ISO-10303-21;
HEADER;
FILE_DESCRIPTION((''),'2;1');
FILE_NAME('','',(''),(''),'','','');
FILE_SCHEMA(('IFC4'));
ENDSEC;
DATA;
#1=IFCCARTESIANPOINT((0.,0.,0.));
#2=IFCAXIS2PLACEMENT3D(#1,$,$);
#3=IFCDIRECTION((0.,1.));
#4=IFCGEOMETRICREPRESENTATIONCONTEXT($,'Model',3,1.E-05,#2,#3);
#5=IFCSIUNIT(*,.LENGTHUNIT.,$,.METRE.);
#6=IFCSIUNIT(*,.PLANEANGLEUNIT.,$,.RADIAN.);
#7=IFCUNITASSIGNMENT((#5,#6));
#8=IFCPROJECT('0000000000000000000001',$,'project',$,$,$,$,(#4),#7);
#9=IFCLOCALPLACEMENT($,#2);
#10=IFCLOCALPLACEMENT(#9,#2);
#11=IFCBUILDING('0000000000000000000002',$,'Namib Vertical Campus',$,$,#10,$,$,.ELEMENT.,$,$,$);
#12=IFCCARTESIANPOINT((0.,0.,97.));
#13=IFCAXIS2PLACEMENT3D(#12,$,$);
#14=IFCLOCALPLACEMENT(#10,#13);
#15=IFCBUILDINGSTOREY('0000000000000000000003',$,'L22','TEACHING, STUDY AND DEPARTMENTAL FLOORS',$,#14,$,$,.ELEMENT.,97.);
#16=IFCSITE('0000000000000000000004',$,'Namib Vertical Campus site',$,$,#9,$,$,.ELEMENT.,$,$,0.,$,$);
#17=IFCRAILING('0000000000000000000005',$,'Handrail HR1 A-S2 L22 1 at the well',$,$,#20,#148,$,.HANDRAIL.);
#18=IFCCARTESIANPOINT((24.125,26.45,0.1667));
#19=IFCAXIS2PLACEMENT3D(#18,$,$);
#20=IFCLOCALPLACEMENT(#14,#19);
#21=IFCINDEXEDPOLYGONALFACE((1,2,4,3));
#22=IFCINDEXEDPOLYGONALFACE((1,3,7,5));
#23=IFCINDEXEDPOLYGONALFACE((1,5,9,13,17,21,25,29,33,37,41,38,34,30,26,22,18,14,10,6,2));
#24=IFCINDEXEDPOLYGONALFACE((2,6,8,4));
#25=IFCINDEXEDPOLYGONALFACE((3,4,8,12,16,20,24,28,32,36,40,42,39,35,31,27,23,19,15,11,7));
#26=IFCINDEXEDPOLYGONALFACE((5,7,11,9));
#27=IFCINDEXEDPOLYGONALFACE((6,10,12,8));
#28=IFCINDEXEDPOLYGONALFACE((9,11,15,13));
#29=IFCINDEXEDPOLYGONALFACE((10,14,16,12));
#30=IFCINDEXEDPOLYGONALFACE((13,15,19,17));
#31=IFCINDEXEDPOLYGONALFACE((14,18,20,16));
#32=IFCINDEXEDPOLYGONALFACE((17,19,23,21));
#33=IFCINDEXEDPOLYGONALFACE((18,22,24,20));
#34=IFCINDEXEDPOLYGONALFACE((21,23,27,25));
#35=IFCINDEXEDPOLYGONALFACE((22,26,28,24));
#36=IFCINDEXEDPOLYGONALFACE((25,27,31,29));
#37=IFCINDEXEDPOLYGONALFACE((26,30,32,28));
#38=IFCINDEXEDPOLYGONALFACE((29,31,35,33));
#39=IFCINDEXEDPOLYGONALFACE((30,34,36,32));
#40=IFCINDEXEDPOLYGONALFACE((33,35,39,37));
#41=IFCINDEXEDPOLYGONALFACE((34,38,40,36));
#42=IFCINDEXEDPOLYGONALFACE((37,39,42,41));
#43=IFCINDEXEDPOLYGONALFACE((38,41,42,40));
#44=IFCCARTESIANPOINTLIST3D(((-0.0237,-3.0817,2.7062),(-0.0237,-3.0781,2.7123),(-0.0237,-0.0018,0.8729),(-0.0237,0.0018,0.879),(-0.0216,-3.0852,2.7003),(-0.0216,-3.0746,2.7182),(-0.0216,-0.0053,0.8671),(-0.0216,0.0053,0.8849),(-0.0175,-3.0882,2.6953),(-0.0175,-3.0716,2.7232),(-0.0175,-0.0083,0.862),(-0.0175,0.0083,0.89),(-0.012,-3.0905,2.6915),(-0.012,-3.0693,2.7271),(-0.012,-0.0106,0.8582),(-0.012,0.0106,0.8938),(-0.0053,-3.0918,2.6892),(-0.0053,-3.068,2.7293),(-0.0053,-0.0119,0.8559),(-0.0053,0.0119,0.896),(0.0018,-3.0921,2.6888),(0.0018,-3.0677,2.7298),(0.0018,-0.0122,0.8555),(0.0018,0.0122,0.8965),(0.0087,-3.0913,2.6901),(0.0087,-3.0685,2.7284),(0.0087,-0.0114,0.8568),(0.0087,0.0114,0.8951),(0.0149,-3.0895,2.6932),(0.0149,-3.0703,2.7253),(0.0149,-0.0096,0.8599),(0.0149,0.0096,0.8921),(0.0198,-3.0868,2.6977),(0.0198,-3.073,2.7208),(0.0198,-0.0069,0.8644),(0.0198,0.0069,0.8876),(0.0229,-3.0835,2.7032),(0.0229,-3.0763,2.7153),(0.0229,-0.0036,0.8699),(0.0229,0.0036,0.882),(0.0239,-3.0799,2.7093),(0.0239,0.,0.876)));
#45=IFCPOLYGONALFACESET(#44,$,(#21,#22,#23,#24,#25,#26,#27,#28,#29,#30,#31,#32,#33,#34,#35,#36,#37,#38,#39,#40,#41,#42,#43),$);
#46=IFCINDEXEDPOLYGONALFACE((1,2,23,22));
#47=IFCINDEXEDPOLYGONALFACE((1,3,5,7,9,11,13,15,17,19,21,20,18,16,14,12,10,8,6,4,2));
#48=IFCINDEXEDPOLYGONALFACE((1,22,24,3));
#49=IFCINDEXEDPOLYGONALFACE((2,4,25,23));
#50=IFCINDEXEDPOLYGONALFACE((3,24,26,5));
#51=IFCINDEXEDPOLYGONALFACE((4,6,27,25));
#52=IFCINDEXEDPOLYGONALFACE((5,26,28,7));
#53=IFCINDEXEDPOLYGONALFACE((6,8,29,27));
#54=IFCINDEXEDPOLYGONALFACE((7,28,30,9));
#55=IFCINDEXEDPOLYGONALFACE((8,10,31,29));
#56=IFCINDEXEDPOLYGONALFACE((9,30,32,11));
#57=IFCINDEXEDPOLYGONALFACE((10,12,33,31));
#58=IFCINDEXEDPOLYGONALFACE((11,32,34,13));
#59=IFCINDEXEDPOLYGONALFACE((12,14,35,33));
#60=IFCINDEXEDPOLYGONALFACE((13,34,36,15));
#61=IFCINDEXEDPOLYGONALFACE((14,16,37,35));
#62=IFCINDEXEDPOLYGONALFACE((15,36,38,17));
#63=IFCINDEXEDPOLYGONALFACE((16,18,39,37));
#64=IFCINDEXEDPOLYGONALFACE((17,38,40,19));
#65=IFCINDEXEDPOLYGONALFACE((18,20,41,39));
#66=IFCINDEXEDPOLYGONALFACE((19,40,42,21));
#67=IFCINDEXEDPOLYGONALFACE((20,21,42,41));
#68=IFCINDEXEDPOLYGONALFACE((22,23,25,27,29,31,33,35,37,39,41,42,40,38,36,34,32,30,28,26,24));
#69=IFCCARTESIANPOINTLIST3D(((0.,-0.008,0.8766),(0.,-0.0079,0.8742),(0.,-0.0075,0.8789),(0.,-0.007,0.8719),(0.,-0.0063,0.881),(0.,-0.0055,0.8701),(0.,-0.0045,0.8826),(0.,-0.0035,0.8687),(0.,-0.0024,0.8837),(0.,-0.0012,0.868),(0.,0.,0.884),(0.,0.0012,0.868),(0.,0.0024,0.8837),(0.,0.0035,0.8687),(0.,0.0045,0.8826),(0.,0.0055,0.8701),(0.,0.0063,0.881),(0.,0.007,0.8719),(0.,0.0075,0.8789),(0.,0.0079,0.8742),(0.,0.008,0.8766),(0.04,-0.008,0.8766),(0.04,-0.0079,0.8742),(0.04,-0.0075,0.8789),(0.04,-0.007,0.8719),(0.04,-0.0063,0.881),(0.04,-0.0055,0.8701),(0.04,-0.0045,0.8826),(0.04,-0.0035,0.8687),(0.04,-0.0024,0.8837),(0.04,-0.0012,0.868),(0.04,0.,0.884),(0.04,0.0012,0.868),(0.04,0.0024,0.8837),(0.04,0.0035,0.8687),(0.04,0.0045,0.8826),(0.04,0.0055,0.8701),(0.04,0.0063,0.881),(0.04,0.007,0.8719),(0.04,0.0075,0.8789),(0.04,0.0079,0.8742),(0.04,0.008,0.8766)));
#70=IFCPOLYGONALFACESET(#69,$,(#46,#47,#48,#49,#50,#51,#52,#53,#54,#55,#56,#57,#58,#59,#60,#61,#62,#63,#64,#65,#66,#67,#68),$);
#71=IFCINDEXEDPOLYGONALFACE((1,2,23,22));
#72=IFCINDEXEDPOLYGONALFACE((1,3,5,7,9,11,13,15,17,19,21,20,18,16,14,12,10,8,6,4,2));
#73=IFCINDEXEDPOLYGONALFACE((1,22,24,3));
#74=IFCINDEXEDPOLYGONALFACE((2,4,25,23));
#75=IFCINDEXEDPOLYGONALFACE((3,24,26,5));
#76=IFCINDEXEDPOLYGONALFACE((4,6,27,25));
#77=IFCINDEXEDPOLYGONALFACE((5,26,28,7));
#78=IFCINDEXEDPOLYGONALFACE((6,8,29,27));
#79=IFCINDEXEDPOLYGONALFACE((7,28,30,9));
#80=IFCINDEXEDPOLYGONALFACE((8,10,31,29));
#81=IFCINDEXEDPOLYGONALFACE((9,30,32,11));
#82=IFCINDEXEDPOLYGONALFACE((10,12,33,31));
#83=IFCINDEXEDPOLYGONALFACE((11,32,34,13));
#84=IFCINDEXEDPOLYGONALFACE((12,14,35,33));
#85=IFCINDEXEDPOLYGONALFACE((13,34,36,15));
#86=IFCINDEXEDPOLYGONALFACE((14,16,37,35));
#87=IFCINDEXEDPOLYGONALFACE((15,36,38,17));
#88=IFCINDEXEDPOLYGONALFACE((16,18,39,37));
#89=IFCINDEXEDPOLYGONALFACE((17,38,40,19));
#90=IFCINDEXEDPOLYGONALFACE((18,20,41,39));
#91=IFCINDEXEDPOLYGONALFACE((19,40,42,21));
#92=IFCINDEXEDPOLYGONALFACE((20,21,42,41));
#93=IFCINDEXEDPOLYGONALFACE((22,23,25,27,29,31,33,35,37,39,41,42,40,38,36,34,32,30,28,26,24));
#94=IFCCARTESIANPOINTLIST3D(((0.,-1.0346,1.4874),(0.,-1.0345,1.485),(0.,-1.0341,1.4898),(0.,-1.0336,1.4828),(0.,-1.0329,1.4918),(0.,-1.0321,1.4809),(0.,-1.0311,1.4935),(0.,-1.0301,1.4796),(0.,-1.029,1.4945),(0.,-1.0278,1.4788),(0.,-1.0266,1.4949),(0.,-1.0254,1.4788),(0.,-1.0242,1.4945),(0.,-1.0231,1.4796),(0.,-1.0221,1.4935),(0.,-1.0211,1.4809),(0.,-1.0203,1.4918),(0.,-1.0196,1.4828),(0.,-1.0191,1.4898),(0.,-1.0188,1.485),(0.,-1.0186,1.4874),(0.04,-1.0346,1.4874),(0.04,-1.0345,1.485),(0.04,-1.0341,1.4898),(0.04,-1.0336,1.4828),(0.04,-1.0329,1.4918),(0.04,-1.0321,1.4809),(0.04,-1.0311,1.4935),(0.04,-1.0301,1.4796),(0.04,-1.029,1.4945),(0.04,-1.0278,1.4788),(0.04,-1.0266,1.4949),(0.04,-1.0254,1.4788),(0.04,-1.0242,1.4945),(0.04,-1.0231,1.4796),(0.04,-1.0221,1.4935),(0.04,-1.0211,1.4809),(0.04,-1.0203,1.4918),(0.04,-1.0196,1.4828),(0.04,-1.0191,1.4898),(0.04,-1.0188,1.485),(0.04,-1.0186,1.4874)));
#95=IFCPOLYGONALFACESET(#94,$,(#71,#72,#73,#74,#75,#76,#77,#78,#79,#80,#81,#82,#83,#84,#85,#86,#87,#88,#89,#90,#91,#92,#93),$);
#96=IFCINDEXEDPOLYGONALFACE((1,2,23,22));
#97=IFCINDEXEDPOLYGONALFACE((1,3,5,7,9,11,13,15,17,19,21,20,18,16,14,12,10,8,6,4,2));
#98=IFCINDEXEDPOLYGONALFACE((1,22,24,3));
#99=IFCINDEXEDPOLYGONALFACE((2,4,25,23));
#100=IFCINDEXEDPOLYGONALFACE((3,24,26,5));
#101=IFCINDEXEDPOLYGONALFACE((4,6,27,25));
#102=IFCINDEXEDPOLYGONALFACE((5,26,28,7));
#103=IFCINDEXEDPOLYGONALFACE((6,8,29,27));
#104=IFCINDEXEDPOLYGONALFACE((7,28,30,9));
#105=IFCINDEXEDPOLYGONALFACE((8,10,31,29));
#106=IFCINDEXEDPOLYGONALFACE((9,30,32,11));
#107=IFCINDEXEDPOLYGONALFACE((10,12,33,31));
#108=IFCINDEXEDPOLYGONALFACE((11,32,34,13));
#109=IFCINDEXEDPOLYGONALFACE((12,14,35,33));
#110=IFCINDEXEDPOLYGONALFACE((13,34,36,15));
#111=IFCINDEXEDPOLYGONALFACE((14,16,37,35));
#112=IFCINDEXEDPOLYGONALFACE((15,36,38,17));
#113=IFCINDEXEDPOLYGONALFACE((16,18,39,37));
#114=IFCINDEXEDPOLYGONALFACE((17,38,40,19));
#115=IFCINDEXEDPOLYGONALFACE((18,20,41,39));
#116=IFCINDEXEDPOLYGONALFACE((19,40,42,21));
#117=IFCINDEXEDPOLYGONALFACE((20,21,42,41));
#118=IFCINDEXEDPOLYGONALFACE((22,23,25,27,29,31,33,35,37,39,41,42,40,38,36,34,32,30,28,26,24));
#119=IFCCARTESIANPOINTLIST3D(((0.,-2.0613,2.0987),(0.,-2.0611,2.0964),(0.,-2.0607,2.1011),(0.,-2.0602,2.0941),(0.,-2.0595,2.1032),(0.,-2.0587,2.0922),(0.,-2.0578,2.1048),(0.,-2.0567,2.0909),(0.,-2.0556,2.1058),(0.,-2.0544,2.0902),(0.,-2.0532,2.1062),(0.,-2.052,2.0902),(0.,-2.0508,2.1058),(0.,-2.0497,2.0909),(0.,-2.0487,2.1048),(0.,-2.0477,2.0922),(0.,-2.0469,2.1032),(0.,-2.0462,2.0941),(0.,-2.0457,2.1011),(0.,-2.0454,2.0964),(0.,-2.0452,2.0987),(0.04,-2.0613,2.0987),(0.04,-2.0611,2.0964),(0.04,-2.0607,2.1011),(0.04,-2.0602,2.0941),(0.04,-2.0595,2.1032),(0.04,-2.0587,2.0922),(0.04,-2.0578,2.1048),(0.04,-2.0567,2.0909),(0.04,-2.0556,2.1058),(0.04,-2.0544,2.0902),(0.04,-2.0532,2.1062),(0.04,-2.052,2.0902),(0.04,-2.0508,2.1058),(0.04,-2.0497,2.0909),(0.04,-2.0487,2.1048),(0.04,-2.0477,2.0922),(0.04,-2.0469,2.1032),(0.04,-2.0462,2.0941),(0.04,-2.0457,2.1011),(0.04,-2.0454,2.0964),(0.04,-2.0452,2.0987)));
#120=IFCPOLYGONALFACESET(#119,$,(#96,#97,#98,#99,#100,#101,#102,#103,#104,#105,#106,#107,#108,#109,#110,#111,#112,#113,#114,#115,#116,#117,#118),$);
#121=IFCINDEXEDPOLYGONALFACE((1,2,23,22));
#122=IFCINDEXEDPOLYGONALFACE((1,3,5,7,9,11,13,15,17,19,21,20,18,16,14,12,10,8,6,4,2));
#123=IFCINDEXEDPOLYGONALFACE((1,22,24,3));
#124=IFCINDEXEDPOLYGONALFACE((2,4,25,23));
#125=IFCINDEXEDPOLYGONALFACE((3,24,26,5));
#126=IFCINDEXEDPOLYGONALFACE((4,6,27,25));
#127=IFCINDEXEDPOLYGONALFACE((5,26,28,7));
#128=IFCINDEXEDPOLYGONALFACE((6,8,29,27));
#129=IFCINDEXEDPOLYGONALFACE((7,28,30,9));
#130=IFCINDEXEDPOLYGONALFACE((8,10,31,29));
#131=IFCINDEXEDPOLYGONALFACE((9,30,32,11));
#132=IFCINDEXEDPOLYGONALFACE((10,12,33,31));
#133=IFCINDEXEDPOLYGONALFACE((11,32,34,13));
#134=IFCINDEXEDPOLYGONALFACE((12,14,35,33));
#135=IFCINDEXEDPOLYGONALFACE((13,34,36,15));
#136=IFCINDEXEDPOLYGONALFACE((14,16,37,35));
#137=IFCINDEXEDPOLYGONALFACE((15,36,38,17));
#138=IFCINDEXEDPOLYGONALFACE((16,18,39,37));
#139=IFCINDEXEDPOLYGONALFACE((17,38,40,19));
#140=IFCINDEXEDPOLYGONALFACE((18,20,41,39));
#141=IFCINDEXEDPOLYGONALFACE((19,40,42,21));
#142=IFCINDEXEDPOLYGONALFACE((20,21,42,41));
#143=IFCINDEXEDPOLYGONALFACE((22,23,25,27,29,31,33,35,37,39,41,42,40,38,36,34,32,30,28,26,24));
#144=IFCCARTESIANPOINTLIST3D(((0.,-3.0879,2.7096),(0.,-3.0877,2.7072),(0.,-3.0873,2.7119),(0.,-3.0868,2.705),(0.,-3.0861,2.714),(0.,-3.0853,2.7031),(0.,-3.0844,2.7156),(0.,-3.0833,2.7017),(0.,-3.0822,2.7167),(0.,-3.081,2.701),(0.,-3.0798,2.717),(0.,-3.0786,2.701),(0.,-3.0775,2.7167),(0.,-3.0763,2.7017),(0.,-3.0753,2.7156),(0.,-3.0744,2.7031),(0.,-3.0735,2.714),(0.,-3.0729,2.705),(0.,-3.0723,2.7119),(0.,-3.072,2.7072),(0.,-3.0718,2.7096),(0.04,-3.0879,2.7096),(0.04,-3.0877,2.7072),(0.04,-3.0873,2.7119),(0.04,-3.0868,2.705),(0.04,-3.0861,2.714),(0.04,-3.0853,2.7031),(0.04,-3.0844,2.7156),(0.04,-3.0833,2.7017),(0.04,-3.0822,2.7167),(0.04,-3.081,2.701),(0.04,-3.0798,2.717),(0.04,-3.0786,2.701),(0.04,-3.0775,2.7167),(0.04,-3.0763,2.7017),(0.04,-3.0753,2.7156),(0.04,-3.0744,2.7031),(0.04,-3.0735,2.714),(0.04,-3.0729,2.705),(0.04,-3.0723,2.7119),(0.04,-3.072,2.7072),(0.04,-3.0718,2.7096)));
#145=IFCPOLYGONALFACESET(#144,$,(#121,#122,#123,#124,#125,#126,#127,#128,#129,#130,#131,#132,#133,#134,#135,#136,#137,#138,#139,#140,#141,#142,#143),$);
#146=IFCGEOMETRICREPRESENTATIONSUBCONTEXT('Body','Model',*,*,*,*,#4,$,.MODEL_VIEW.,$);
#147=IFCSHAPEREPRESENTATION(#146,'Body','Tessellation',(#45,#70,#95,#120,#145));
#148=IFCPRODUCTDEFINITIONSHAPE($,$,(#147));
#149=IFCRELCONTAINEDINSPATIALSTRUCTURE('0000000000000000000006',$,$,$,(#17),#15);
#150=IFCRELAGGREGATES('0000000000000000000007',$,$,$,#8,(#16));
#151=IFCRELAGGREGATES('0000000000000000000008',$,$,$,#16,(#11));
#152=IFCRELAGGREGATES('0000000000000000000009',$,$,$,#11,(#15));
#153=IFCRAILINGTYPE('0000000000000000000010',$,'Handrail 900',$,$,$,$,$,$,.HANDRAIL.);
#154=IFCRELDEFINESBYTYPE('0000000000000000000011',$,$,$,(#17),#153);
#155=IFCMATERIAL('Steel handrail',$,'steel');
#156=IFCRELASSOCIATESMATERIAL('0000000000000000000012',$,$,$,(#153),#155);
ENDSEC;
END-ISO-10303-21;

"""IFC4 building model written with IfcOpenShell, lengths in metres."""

from ifc_helpers import new_model, si_unit, direction, frame, origin, origin_2d, place, context, subcontext, project, spatial, circle, extrude, material, type_object, element, save


model = new_model("IFC4")

# Units and contexts
model_context = context("Model", 3, precision=1e-05, world=origin(), true_north=direction((0.0, 1.0)))
body_context = subcontext(model_context, "Body", "Model", "MODEL_VIEW")
ifc_project = project(units=[si_unit("LENGTHUNIT", "METRE"), si_unit("PLANEANGLEUNIT", "RADIAN")], contexts=[model_context])

# Site, building, storey
site_placement = place(None, origin())
site = spatial("IfcSite", under=ifc_project, at=site_placement, Name="Namib Vertical Campus site", CompositionType="ELEMENT", RefElevation=0.0)
building_placement = place(site_placement, origin())
building = spatial("IfcBuilding", under=site, at=building_placement, Name="Namib Vertical Campus", CompositionType="ELEMENT")
storey_placement = place(building_placement, frame((0.0, 0.0, 97.0)))
storey = spatial("IfcBuildingStorey", under=building, at=storey_placement, Name="L22", Description="TEACHING, STUDY AND DEPARTMENTAL FLOORS", CompositionType="ELEMENT", Elevation=97.0)

# Railing
ifc_material_1 = material(Name="Steel handrail", Category="steel")
railing_type_1 = type_object("IfcRailingType", Name="Handrail 900", PredefinedType="HANDRAIL", material=ifc_material_1)
railing_1_placement = place(storey_placement, frame((24.125, 26.45, 0.1667)))
element("IfcRailing", 1, at=railing_1_placement, inside=storey, type_object=railing_type_1, Name="Handrail HR1 A-S2 L22 1 at the well", PredefinedType="HANDRAIL", context=body_context, shape_type="SweptSolid", body=[
    extrude(circle(Radius=0.0239, at=origin_2d()), frame((0.0, 0.0, 0.876), z_axis=(0.0, -0.859291, 0.511487), x_axis=(1.0, 0.0, 0.0)), (0.0, 0.0, 1.0), 3.5842),
    extrude(circle(Radius=0.0081, at=origin_2d()), frame((0.0, 0.0, 0.876), z_axis=(1.0, 0.0, 0.0), x_axis=(0.0, 0.0, 1.0)), (0.0, 0.0, 1.0), 0.04),
    extrude(circle(Radius=0.0081, at=origin_2d()), frame((0.0, -1.0266, 1.4868), z_axis=(1.0, 0.0, 0.0), x_axis=(0.0, 0.0, 1.0)), (0.0, 0.0, 1.0), 0.04),
    extrude(circle(Radius=0.0081, at=origin_2d()), frame((0.0, -2.0532, 2.0981), z_axis=(1.0, 0.0, 0.0), x_axis=(0.0, 0.0, 1.0)), (0.0, 0.0, 1.0), 0.04),
    extrude(circle(Radius=0.0081, at=origin_2d()), frame((0.0, -3.0798, 2.709), z_axis=(1.0, 0.0, 0.0), x_axis=(0.0, 0.0, 1.0)), (0.0, 0.0, 1.0), 0.04),
])

save(model, "model.ifc")
